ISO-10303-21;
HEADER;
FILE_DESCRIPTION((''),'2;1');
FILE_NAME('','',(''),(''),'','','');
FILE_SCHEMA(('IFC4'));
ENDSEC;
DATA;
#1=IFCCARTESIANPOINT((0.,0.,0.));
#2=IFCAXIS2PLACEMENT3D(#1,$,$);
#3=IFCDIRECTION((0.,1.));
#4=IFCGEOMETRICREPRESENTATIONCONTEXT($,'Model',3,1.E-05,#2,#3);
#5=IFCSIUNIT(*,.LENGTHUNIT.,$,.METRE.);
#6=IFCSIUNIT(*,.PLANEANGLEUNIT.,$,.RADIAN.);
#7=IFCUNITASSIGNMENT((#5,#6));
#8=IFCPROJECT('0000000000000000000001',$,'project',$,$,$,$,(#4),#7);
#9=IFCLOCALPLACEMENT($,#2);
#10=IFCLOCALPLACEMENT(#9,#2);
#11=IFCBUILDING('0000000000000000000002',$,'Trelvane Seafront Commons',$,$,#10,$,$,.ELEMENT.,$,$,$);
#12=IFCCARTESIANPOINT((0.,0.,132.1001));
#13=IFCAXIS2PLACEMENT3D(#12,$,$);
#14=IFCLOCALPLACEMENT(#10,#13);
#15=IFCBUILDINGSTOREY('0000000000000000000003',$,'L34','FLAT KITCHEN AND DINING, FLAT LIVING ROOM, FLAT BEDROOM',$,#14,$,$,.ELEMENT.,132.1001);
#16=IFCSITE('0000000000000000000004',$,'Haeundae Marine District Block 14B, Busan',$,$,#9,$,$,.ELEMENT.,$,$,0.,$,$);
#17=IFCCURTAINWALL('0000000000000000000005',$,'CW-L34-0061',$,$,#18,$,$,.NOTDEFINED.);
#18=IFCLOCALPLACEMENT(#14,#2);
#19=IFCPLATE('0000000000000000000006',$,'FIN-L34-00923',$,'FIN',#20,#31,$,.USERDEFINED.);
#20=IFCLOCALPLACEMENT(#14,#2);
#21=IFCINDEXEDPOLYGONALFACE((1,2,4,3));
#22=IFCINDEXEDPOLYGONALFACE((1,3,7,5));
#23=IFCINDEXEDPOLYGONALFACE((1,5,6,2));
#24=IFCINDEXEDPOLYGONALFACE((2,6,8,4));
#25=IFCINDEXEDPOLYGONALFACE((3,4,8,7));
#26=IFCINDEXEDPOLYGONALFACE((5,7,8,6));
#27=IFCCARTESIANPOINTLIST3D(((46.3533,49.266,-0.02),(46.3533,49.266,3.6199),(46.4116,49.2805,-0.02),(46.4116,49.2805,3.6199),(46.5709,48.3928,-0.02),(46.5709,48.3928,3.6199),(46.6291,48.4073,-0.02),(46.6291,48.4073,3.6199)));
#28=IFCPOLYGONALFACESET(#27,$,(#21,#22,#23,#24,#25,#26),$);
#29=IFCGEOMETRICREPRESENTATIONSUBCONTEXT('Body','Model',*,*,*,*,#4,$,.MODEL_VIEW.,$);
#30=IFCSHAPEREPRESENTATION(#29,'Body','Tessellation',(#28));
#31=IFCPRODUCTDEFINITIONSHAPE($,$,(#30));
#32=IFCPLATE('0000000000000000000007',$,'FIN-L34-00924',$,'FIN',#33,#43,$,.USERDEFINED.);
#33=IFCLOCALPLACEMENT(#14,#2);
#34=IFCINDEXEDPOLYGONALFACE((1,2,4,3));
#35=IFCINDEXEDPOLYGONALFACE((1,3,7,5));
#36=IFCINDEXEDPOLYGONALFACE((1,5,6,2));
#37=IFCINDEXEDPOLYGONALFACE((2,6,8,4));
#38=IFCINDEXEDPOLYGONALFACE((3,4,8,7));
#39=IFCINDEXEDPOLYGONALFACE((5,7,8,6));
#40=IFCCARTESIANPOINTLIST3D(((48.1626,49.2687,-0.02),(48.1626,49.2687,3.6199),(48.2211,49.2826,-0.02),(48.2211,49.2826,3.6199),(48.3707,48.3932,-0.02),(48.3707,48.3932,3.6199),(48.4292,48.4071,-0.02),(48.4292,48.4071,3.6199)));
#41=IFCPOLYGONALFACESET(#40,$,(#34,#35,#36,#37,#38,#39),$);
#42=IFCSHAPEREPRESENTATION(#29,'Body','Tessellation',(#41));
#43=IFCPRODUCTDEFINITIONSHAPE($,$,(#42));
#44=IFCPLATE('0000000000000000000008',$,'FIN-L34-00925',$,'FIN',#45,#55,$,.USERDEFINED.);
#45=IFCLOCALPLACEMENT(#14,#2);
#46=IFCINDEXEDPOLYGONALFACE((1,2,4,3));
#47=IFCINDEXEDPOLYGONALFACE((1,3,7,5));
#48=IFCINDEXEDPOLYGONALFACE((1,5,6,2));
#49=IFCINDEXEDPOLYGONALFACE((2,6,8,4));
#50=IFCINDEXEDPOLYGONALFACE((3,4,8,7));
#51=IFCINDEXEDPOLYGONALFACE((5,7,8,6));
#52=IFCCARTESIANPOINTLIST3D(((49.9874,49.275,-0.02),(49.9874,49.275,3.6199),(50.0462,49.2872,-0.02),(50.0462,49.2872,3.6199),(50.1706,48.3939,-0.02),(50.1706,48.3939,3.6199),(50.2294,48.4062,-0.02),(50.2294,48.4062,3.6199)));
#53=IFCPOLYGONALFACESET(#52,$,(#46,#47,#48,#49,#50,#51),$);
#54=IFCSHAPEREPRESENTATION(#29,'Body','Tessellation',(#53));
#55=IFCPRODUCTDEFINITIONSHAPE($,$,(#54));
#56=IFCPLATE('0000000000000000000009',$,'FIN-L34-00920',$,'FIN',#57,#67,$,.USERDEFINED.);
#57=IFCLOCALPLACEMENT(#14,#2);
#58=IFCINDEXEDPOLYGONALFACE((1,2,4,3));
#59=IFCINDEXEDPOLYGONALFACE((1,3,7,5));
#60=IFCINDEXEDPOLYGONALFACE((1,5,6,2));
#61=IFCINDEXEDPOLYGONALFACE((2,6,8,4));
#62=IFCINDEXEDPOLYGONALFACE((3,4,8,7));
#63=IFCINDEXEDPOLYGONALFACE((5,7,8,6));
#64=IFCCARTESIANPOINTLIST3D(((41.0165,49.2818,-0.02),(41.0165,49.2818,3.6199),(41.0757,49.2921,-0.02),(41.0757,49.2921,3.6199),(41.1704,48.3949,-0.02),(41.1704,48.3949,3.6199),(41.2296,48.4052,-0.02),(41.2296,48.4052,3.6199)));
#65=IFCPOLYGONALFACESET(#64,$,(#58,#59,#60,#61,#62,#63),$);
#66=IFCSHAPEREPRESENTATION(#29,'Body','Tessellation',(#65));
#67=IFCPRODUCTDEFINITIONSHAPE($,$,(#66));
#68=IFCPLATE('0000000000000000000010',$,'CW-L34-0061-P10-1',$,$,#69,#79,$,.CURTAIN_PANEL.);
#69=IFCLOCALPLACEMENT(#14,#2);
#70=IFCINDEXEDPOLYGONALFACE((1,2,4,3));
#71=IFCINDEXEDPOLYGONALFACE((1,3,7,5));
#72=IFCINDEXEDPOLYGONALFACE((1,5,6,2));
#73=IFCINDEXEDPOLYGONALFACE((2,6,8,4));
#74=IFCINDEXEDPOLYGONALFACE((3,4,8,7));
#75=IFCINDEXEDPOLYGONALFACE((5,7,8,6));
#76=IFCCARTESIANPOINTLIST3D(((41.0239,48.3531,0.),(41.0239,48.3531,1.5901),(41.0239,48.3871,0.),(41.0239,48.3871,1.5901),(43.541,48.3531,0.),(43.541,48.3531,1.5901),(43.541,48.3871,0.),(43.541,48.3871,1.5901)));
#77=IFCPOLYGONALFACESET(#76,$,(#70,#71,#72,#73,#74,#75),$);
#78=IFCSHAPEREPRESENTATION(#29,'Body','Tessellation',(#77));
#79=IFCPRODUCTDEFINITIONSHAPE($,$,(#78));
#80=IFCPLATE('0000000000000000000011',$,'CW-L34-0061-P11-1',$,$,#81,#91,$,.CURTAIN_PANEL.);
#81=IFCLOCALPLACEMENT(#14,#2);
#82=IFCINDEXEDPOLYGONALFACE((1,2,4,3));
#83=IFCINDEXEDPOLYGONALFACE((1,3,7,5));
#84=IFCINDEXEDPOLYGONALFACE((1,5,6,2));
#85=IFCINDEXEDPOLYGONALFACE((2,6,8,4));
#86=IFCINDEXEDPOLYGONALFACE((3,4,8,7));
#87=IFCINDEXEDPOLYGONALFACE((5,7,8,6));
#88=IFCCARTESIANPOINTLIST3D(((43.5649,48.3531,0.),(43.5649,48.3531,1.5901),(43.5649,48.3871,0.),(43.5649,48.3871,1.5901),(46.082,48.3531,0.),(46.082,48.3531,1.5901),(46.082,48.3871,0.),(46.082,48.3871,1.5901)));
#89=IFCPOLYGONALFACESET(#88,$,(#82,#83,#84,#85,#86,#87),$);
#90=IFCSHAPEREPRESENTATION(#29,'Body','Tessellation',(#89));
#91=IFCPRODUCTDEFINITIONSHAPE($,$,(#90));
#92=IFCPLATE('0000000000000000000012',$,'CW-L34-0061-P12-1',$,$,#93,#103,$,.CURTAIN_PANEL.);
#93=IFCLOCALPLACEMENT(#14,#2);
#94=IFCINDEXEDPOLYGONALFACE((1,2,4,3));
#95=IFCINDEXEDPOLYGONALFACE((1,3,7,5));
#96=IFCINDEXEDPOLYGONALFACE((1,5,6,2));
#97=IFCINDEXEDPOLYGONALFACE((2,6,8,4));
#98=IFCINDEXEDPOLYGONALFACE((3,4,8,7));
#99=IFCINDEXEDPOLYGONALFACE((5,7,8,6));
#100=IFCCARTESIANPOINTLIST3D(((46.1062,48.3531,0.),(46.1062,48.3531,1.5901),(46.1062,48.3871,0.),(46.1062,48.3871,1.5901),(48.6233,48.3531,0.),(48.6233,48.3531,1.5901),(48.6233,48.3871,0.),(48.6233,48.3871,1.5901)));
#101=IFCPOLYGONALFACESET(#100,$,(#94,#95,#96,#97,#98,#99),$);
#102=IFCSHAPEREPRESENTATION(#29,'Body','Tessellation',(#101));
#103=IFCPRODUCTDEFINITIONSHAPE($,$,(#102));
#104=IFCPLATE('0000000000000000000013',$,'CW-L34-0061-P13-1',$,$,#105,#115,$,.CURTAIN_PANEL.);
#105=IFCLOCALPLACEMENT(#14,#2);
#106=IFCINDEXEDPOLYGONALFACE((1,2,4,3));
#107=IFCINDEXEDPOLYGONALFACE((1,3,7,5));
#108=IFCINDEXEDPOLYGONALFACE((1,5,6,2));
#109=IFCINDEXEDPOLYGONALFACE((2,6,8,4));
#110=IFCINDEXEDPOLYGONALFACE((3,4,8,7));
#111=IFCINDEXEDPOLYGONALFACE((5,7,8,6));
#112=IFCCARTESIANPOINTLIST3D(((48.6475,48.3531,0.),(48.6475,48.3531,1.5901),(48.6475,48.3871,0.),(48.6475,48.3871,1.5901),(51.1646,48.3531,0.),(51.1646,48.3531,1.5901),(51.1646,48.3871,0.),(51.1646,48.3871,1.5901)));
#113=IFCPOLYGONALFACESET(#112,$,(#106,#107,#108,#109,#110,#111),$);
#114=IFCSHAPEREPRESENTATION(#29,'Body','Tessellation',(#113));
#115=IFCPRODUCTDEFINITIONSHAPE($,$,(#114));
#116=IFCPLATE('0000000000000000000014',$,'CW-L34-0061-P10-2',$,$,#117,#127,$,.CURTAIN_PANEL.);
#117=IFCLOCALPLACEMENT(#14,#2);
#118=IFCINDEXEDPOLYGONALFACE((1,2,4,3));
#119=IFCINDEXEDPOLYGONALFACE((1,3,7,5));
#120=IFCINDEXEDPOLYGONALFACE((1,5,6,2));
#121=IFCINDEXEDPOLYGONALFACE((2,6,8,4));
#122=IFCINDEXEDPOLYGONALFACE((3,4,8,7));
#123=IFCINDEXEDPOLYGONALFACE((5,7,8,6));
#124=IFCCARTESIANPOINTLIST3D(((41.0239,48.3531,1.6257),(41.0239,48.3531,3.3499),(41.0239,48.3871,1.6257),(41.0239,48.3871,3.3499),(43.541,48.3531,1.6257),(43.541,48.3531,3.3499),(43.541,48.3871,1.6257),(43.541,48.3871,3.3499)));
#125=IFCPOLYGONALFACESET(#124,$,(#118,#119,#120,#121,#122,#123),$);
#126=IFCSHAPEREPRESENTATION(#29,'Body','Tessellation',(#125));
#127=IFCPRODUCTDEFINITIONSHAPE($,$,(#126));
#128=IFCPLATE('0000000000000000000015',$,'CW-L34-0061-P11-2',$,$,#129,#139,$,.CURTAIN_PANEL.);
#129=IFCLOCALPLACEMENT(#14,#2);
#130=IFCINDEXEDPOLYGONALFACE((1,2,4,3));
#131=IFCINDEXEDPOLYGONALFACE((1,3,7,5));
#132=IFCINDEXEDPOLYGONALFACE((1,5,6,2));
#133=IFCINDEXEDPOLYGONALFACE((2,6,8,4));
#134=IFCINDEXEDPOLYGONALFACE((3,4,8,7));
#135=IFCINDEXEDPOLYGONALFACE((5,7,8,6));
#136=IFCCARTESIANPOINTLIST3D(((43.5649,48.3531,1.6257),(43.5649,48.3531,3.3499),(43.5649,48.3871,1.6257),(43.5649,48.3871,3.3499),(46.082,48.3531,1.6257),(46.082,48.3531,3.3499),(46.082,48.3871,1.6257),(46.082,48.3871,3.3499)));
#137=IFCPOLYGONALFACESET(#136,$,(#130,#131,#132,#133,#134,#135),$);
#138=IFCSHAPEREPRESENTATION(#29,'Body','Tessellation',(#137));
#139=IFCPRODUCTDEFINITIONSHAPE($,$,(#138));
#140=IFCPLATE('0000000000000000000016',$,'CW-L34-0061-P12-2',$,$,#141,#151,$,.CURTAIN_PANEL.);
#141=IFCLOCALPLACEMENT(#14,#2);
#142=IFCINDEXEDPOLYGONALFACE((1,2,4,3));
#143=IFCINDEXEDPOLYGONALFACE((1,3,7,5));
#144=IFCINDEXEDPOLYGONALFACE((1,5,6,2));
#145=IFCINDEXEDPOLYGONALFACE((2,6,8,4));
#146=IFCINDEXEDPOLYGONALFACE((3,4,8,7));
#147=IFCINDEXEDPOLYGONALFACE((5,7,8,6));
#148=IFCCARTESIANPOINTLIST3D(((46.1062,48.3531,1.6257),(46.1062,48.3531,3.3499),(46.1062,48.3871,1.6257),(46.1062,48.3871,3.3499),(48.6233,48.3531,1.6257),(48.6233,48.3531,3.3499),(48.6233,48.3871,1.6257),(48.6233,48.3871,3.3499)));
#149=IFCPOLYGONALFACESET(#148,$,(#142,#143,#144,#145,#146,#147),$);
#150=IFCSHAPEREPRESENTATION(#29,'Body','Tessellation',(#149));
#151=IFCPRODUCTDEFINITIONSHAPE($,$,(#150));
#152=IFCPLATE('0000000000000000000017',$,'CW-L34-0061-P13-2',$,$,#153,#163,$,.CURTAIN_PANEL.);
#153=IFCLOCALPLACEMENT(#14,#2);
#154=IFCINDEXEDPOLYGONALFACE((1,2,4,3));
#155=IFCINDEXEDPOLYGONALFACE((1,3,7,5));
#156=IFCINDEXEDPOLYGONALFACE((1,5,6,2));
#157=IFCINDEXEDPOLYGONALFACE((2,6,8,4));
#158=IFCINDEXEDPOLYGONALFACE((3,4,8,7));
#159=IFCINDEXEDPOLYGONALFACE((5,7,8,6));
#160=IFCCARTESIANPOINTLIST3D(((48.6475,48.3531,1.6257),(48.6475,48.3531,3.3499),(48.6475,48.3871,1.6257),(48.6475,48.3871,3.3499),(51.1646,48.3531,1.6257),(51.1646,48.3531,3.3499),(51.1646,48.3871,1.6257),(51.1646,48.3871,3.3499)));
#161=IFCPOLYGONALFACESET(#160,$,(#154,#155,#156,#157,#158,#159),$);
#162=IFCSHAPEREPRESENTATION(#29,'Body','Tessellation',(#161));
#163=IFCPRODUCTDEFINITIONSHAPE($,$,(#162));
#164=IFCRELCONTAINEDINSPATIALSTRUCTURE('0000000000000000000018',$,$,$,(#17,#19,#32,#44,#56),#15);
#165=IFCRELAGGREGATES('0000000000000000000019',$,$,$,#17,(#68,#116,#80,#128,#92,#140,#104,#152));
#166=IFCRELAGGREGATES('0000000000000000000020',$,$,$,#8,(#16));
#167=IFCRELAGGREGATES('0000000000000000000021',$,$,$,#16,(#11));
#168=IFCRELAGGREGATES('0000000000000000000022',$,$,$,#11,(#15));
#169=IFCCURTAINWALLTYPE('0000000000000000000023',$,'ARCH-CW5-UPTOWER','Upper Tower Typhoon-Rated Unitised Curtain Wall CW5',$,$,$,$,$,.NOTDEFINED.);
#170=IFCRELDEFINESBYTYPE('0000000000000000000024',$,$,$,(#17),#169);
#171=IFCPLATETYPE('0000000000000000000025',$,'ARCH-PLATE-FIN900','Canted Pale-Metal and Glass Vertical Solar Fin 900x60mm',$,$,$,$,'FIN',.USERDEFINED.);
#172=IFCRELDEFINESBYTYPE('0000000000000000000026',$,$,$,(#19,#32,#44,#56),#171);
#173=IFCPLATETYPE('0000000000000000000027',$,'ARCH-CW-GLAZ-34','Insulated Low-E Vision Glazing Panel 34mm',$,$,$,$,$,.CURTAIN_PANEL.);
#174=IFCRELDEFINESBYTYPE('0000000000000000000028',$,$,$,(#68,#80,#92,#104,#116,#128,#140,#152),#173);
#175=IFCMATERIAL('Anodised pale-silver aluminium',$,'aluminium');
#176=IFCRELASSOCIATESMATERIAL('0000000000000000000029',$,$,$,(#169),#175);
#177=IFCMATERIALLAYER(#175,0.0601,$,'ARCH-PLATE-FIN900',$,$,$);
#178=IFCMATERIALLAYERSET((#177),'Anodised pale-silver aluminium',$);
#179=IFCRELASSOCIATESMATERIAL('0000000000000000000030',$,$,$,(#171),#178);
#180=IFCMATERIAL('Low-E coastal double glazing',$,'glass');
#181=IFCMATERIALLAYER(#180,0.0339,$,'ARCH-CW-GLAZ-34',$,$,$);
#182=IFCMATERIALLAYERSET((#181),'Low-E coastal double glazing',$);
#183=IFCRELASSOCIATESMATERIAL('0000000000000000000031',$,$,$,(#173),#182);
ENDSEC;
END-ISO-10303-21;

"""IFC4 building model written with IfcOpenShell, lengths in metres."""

from ifc_helpers import new_model, si_unit, direction, frame, origin, origin_2d, place, context, subcontext, project, spatial, rectangle, extrude, source, transform, mapped, material, layer, layer_set, type_object, element, aggregate, save


model = new_model("IFC4")

# Units and contexts
model_context = context("Model", 3, precision=1e-05, world=origin(), true_north=direction((0.0, 1.0)))
body_context = subcontext(model_context, "Body", "Model", "MODEL_VIEW")
ifc_project = project(units=[si_unit("LENGTHUNIT", "METRE"), si_unit("PLANEANGLEUNIT", "RADIAN")], contexts=[model_context])

# Site, building, storey
site_placement = place(None, origin())
site = spatial("IfcSite", under=ifc_project, at=site_placement, Name="Haeundae Marine District Block 14B, Busan", CompositionType="ELEMENT", RefElevation=0.0)
building_placement = place(site_placement, origin())
building = spatial("IfcBuilding", under=site, at=building_placement, Name="Trelvane Seafront Commons", CompositionType="ELEMENT")
storey_placement = place(building_placement, frame((0.0, 0.0, 132.1001)))
storey = spatial("IfcBuildingStorey", under=building, at=storey_placement, Name="L34", Description="FLAT KITCHEN AND DINING, FLAT LIVING ROOM, FLAT BEDROOM", CompositionType="ELEMENT", Elevation=132.1001)

# Curtain wall
ifc_material_1 = material(Name="Anodised pale-silver aluminium", Category="aluminium")
curtain_wall_type = type_object("IfcCurtainWallType", Name="ARCH-CW5-UPTOWER", Description="Upper Tower Typhoon-Rated Unitised Curtain Wall CW5", PredefinedType="NOTDEFINED", material=ifc_material_1)
curtain_wall_placement = place(storey_placement, origin())
curtain_wall = element("IfcCurtainWall", 1, at=curtain_wall_placement, inside=storey, type_object=curtain_wall_type, Name="CW-L34-0061", PredefinedType="NOTDEFINED")

# Plates
ifc_layer_1 = layer(ifc_material_1, 0.0601, Name="ARCH-PLATE-FIN900")
ifc_layer_set_1 = layer_set([ifc_layer_1], Name="Anodised pale-silver aluminium")
plate_type_1 = type_object("IfcPlateType", Name="ARCH-PLATE-FIN900", Description="Canted Pale-Metal and Glass Vertical Solar Fin 900x60mm", ElementType="FIN", PredefinedType="USERDEFINED", material=ifc_layer_set_1)
shared_shape_1 = source(origin(), body_context, "Body", "SweptSolid", [
    extrude(rectangle(XDim=0.8999, YDim=0.0601, at=origin_2d()), origin(), (0.0, 0.0, 1.0), 3.6399),
])
for number, where, z_axis, x_axis, name in (
    (2, (46.4912, 48.8367, -0.02), (0.0, 0.0, 1.0), (-0.241778, 0.970332, 0.0), "FIN-L34-00923"),
    (3, (48.2959, 48.8379, -0.02), (0.0, 0.0, 1.0), (-0.231225, 0.9729, 0.0), "FIN-L34-00924"),
    (4, (50.1084, 48.8406, -0.02), (0.0, 0.0, 1.0), (-0.203674, 0.979039, 0.0), "FIN-L34-00925"),
):
    element("IfcPlate", number, at=place(storey_placement, frame(where, z_axis=z_axis, x_axis=x_axis)), inside=storey, type_object=plate_type_1, Name=name, ObjectType="FIN", PredefinedType="USERDEFINED", context=body_context, shape_type="MappedRepresentation", body=[
        mapped(shared_shape_1, transform((0.0, 0.0, 0.0), x_axis=(1.0, 0.0, 0.0), y_axis=(0.0, 1.0, 0.0), z_axis=(0.0, 0.0, 1.0), scale=1.0)),
    ])
shared_shape_2 = source(origin(), body_context, "Body", "SweptSolid", [
    extrude(rectangle(XDim=0.9001, YDim=0.0601, at=origin_2d()), origin(), (0.0, 0.0, 1.0), 3.6399),
])
plate_1_placement = place(storey_placement, frame((41.123, 48.8435, -0.02), z_axis=(0.0, 0.0, 1.0), x_axis=(-0.17099, 0.985273, 0.0)))
element("IfcPlate", 5, at=plate_1_placement, inside=storey, type_object=plate_type_1, Name="FIN-L34-00920", ObjectType="FIN", PredefinedType="USERDEFINED", context=body_context, shape_type="MappedRepresentation", body=[
    mapped(shared_shape_2, transform((0.0, 0.0, 0.0), x_axis=(1.0, 0.0, 0.0), y_axis=(0.0, 1.0, 0.0), z_axis=(0.0, 0.0, 1.0), scale=1.0)),
])

# Plates
ifc_material_2 = material(Name="Low-E coastal double glazing", Category="glass")
ifc_layer_2 = layer(ifc_material_2, 0.0339, Name="ARCH-CW-GLAZ-34")
ifc_layer_set_2 = layer_set([ifc_layer_2], Name="Low-E coastal double glazing")
plate_type_2 = type_object("IfcPlateType", Name="ARCH-CW-GLAZ-34", Description="Insulated Low-E Vision Glazing Panel 34mm", PredefinedType="CURTAIN_PANEL", material=ifc_layer_set_2)
shared_shape_3 = source(origin(), body_context, "Body", "SweptSolid", [
    extrude(rectangle(XDim=2.5171, YDim=0.0339, at=origin_2d()), origin(), (0.0, 0.0, 1.0), 1.5901),
])
plate_2_placement = place(storey_placement, frame((42.2825, 48.3701, 0.0), z_axis=(0.0, 0.0, 1.0), x_axis=(1.0, 0.0, 0.0)))
plate_2 = element("IfcPlate", 6, at=plate_2_placement, type_object=plate_type_2, Name="CW-L34-0061-P10-1", PredefinedType="CURTAIN_PANEL", context=body_context, shape_type="MappedRepresentation", body=[
    mapped(shared_shape_3, transform((0.0, 0.0, 0.0), x_axis=(1.0, 0.0, 0.0), y_axis=(0.0, 1.0, 0.0), z_axis=(0.0, 0.0, 1.0), scale=1.0)),
])
plate_3_placement = place(storey_placement, frame((44.8235, 48.3701, 0.0), z_axis=(0.0, 0.0, 1.0), x_axis=(1.0, 0.0, 0.0)))
plate_3 = element("IfcPlate", 7, at=plate_3_placement, type_object=plate_type_2, Name="CW-L34-0061-P11-1", PredefinedType="CURTAIN_PANEL", context=body_context, shape_type="MappedRepresentation", body=[
    mapped(shared_shape_3, transform((0.0, 0.0, 0.0), x_axis=(1.0, 0.0, 0.0), y_axis=(0.0, 1.0, 0.0), z_axis=(0.0, 0.0, 1.0), scale=1.0)),
])
plate_4_placement = place(storey_placement, frame((47.3647, 48.3701, 0.0), z_axis=(0.0, 0.0, 1.0), x_axis=(1.0, 0.0, 0.0)))
plate_4 = element("IfcPlate", 8, at=plate_4_placement, type_object=plate_type_2, Name="CW-L34-0061-P12-1", PredefinedType="CURTAIN_PANEL", context=body_context, shape_type="MappedRepresentation", body=[
    mapped(shared_shape_3, transform((0.0, 0.0, 0.0), x_axis=(1.0, 0.0, 0.0), y_axis=(0.0, 1.0, 0.0), z_axis=(0.0, 0.0, 1.0), scale=1.0)),
])
plate_5_placement = place(storey_placement, frame((49.906, 48.3701, 0.0), z_axis=(0.0, 0.0, 1.0), x_axis=(1.0, 0.0, 0.0)))
plate_5 = element("IfcPlate", 9, at=plate_5_placement, type_object=plate_type_2, Name="CW-L34-0061-P13-1", PredefinedType="CURTAIN_PANEL", context=body_context, shape_type="MappedRepresentation", body=[
    mapped(shared_shape_3, transform((0.0, 0.0, 0.0), x_axis=(1.0, 0.0, 0.0), y_axis=(0.0, 1.0, 0.0), z_axis=(0.0, 0.0, 1.0), scale=1.0)),
])
shared_shape_4 = source(origin(), body_context, "Body", "SweptSolid", [
    extrude(rectangle(XDim=2.5171, YDim=0.0339, at=origin_2d()), origin(), (0.0, 0.0, 1.0), 1.7241),
])
plate_6_placement = place(storey_placement, frame((42.2825, 48.3701, 1.6257), z_axis=(0.0, 0.0, 1.0), x_axis=(1.0, 0.0, 0.0)))
plate_6 = element("IfcPlate", 10, at=plate_6_placement, type_object=plate_type_2, Name="CW-L34-0061-P10-2", PredefinedType="CURTAIN_PANEL", context=body_context, shape_type="MappedRepresentation", body=[
    mapped(shared_shape_4, transform((0.0, 0.0, 0.0), x_axis=(1.0, 0.0, 0.0), y_axis=(0.0, 1.0, 0.0), z_axis=(0.0, 0.0, 1.0), scale=1.0)),
])
plate_7_placement = place(storey_placement, frame((44.8235, 48.3701, 1.6257), z_axis=(0.0, 0.0, 1.0), x_axis=(1.0, 0.0, 0.0)))
plate_7 = element("IfcPlate", 11, at=plate_7_placement, type_object=plate_type_2, Name="CW-L34-0061-P11-2", PredefinedType="CURTAIN_PANEL", context=body_context, shape_type="MappedRepresentation", body=[
    mapped(shared_shape_4, transform((0.0, 0.0, 0.0), x_axis=(1.0, 0.0, 0.0), y_axis=(0.0, 1.0, 0.0), z_axis=(0.0, 0.0, 1.0), scale=1.0)),
])
plate_8_placement = place(storey_placement, frame((47.3647, 48.3701, 1.6257), z_axis=(0.0, 0.0, 1.0), x_axis=(1.0, 0.0, 0.0)))
plate_8 = element("IfcPlate", 12, at=plate_8_placement, type_object=plate_type_2, Name="CW-L34-0061-P12-2", PredefinedType="CURTAIN_PANEL", context=body_context, shape_type="MappedRepresentation", body=[
    mapped(shared_shape_4, transform((0.0, 0.0, 0.0), x_axis=(1.0, 0.0, 0.0), y_axis=(0.0, 1.0, 0.0), z_axis=(0.0, 0.0, 1.0), scale=1.0)),
])
plate_9_placement = place(storey_placement, frame((49.906, 48.3701, 1.6257), z_axis=(0.0, 0.0, 1.0), x_axis=(1.0, 0.0, 0.0)))
plate_9 = element("IfcPlate", 13, at=plate_9_placement, type_object=plate_type_2, Name="CW-L34-0061-P13-2", PredefinedType="CURTAIN_PANEL", context=body_context, shape_type="MappedRepresentation", body=[
    mapped(shared_shape_4, transform((0.0, 0.0, 0.0), x_axis=(1.0, 0.0, 0.0), y_axis=(0.0, 1.0, 0.0), z_axis=(0.0, 0.0, 1.0), scale=1.0)),
])
aggregate(curtain_wall, [plate_2, plate_6, plate_3, plate_7, plate_4, plate_8, plate_5, plate_9])

save(model, "model.ifc")
